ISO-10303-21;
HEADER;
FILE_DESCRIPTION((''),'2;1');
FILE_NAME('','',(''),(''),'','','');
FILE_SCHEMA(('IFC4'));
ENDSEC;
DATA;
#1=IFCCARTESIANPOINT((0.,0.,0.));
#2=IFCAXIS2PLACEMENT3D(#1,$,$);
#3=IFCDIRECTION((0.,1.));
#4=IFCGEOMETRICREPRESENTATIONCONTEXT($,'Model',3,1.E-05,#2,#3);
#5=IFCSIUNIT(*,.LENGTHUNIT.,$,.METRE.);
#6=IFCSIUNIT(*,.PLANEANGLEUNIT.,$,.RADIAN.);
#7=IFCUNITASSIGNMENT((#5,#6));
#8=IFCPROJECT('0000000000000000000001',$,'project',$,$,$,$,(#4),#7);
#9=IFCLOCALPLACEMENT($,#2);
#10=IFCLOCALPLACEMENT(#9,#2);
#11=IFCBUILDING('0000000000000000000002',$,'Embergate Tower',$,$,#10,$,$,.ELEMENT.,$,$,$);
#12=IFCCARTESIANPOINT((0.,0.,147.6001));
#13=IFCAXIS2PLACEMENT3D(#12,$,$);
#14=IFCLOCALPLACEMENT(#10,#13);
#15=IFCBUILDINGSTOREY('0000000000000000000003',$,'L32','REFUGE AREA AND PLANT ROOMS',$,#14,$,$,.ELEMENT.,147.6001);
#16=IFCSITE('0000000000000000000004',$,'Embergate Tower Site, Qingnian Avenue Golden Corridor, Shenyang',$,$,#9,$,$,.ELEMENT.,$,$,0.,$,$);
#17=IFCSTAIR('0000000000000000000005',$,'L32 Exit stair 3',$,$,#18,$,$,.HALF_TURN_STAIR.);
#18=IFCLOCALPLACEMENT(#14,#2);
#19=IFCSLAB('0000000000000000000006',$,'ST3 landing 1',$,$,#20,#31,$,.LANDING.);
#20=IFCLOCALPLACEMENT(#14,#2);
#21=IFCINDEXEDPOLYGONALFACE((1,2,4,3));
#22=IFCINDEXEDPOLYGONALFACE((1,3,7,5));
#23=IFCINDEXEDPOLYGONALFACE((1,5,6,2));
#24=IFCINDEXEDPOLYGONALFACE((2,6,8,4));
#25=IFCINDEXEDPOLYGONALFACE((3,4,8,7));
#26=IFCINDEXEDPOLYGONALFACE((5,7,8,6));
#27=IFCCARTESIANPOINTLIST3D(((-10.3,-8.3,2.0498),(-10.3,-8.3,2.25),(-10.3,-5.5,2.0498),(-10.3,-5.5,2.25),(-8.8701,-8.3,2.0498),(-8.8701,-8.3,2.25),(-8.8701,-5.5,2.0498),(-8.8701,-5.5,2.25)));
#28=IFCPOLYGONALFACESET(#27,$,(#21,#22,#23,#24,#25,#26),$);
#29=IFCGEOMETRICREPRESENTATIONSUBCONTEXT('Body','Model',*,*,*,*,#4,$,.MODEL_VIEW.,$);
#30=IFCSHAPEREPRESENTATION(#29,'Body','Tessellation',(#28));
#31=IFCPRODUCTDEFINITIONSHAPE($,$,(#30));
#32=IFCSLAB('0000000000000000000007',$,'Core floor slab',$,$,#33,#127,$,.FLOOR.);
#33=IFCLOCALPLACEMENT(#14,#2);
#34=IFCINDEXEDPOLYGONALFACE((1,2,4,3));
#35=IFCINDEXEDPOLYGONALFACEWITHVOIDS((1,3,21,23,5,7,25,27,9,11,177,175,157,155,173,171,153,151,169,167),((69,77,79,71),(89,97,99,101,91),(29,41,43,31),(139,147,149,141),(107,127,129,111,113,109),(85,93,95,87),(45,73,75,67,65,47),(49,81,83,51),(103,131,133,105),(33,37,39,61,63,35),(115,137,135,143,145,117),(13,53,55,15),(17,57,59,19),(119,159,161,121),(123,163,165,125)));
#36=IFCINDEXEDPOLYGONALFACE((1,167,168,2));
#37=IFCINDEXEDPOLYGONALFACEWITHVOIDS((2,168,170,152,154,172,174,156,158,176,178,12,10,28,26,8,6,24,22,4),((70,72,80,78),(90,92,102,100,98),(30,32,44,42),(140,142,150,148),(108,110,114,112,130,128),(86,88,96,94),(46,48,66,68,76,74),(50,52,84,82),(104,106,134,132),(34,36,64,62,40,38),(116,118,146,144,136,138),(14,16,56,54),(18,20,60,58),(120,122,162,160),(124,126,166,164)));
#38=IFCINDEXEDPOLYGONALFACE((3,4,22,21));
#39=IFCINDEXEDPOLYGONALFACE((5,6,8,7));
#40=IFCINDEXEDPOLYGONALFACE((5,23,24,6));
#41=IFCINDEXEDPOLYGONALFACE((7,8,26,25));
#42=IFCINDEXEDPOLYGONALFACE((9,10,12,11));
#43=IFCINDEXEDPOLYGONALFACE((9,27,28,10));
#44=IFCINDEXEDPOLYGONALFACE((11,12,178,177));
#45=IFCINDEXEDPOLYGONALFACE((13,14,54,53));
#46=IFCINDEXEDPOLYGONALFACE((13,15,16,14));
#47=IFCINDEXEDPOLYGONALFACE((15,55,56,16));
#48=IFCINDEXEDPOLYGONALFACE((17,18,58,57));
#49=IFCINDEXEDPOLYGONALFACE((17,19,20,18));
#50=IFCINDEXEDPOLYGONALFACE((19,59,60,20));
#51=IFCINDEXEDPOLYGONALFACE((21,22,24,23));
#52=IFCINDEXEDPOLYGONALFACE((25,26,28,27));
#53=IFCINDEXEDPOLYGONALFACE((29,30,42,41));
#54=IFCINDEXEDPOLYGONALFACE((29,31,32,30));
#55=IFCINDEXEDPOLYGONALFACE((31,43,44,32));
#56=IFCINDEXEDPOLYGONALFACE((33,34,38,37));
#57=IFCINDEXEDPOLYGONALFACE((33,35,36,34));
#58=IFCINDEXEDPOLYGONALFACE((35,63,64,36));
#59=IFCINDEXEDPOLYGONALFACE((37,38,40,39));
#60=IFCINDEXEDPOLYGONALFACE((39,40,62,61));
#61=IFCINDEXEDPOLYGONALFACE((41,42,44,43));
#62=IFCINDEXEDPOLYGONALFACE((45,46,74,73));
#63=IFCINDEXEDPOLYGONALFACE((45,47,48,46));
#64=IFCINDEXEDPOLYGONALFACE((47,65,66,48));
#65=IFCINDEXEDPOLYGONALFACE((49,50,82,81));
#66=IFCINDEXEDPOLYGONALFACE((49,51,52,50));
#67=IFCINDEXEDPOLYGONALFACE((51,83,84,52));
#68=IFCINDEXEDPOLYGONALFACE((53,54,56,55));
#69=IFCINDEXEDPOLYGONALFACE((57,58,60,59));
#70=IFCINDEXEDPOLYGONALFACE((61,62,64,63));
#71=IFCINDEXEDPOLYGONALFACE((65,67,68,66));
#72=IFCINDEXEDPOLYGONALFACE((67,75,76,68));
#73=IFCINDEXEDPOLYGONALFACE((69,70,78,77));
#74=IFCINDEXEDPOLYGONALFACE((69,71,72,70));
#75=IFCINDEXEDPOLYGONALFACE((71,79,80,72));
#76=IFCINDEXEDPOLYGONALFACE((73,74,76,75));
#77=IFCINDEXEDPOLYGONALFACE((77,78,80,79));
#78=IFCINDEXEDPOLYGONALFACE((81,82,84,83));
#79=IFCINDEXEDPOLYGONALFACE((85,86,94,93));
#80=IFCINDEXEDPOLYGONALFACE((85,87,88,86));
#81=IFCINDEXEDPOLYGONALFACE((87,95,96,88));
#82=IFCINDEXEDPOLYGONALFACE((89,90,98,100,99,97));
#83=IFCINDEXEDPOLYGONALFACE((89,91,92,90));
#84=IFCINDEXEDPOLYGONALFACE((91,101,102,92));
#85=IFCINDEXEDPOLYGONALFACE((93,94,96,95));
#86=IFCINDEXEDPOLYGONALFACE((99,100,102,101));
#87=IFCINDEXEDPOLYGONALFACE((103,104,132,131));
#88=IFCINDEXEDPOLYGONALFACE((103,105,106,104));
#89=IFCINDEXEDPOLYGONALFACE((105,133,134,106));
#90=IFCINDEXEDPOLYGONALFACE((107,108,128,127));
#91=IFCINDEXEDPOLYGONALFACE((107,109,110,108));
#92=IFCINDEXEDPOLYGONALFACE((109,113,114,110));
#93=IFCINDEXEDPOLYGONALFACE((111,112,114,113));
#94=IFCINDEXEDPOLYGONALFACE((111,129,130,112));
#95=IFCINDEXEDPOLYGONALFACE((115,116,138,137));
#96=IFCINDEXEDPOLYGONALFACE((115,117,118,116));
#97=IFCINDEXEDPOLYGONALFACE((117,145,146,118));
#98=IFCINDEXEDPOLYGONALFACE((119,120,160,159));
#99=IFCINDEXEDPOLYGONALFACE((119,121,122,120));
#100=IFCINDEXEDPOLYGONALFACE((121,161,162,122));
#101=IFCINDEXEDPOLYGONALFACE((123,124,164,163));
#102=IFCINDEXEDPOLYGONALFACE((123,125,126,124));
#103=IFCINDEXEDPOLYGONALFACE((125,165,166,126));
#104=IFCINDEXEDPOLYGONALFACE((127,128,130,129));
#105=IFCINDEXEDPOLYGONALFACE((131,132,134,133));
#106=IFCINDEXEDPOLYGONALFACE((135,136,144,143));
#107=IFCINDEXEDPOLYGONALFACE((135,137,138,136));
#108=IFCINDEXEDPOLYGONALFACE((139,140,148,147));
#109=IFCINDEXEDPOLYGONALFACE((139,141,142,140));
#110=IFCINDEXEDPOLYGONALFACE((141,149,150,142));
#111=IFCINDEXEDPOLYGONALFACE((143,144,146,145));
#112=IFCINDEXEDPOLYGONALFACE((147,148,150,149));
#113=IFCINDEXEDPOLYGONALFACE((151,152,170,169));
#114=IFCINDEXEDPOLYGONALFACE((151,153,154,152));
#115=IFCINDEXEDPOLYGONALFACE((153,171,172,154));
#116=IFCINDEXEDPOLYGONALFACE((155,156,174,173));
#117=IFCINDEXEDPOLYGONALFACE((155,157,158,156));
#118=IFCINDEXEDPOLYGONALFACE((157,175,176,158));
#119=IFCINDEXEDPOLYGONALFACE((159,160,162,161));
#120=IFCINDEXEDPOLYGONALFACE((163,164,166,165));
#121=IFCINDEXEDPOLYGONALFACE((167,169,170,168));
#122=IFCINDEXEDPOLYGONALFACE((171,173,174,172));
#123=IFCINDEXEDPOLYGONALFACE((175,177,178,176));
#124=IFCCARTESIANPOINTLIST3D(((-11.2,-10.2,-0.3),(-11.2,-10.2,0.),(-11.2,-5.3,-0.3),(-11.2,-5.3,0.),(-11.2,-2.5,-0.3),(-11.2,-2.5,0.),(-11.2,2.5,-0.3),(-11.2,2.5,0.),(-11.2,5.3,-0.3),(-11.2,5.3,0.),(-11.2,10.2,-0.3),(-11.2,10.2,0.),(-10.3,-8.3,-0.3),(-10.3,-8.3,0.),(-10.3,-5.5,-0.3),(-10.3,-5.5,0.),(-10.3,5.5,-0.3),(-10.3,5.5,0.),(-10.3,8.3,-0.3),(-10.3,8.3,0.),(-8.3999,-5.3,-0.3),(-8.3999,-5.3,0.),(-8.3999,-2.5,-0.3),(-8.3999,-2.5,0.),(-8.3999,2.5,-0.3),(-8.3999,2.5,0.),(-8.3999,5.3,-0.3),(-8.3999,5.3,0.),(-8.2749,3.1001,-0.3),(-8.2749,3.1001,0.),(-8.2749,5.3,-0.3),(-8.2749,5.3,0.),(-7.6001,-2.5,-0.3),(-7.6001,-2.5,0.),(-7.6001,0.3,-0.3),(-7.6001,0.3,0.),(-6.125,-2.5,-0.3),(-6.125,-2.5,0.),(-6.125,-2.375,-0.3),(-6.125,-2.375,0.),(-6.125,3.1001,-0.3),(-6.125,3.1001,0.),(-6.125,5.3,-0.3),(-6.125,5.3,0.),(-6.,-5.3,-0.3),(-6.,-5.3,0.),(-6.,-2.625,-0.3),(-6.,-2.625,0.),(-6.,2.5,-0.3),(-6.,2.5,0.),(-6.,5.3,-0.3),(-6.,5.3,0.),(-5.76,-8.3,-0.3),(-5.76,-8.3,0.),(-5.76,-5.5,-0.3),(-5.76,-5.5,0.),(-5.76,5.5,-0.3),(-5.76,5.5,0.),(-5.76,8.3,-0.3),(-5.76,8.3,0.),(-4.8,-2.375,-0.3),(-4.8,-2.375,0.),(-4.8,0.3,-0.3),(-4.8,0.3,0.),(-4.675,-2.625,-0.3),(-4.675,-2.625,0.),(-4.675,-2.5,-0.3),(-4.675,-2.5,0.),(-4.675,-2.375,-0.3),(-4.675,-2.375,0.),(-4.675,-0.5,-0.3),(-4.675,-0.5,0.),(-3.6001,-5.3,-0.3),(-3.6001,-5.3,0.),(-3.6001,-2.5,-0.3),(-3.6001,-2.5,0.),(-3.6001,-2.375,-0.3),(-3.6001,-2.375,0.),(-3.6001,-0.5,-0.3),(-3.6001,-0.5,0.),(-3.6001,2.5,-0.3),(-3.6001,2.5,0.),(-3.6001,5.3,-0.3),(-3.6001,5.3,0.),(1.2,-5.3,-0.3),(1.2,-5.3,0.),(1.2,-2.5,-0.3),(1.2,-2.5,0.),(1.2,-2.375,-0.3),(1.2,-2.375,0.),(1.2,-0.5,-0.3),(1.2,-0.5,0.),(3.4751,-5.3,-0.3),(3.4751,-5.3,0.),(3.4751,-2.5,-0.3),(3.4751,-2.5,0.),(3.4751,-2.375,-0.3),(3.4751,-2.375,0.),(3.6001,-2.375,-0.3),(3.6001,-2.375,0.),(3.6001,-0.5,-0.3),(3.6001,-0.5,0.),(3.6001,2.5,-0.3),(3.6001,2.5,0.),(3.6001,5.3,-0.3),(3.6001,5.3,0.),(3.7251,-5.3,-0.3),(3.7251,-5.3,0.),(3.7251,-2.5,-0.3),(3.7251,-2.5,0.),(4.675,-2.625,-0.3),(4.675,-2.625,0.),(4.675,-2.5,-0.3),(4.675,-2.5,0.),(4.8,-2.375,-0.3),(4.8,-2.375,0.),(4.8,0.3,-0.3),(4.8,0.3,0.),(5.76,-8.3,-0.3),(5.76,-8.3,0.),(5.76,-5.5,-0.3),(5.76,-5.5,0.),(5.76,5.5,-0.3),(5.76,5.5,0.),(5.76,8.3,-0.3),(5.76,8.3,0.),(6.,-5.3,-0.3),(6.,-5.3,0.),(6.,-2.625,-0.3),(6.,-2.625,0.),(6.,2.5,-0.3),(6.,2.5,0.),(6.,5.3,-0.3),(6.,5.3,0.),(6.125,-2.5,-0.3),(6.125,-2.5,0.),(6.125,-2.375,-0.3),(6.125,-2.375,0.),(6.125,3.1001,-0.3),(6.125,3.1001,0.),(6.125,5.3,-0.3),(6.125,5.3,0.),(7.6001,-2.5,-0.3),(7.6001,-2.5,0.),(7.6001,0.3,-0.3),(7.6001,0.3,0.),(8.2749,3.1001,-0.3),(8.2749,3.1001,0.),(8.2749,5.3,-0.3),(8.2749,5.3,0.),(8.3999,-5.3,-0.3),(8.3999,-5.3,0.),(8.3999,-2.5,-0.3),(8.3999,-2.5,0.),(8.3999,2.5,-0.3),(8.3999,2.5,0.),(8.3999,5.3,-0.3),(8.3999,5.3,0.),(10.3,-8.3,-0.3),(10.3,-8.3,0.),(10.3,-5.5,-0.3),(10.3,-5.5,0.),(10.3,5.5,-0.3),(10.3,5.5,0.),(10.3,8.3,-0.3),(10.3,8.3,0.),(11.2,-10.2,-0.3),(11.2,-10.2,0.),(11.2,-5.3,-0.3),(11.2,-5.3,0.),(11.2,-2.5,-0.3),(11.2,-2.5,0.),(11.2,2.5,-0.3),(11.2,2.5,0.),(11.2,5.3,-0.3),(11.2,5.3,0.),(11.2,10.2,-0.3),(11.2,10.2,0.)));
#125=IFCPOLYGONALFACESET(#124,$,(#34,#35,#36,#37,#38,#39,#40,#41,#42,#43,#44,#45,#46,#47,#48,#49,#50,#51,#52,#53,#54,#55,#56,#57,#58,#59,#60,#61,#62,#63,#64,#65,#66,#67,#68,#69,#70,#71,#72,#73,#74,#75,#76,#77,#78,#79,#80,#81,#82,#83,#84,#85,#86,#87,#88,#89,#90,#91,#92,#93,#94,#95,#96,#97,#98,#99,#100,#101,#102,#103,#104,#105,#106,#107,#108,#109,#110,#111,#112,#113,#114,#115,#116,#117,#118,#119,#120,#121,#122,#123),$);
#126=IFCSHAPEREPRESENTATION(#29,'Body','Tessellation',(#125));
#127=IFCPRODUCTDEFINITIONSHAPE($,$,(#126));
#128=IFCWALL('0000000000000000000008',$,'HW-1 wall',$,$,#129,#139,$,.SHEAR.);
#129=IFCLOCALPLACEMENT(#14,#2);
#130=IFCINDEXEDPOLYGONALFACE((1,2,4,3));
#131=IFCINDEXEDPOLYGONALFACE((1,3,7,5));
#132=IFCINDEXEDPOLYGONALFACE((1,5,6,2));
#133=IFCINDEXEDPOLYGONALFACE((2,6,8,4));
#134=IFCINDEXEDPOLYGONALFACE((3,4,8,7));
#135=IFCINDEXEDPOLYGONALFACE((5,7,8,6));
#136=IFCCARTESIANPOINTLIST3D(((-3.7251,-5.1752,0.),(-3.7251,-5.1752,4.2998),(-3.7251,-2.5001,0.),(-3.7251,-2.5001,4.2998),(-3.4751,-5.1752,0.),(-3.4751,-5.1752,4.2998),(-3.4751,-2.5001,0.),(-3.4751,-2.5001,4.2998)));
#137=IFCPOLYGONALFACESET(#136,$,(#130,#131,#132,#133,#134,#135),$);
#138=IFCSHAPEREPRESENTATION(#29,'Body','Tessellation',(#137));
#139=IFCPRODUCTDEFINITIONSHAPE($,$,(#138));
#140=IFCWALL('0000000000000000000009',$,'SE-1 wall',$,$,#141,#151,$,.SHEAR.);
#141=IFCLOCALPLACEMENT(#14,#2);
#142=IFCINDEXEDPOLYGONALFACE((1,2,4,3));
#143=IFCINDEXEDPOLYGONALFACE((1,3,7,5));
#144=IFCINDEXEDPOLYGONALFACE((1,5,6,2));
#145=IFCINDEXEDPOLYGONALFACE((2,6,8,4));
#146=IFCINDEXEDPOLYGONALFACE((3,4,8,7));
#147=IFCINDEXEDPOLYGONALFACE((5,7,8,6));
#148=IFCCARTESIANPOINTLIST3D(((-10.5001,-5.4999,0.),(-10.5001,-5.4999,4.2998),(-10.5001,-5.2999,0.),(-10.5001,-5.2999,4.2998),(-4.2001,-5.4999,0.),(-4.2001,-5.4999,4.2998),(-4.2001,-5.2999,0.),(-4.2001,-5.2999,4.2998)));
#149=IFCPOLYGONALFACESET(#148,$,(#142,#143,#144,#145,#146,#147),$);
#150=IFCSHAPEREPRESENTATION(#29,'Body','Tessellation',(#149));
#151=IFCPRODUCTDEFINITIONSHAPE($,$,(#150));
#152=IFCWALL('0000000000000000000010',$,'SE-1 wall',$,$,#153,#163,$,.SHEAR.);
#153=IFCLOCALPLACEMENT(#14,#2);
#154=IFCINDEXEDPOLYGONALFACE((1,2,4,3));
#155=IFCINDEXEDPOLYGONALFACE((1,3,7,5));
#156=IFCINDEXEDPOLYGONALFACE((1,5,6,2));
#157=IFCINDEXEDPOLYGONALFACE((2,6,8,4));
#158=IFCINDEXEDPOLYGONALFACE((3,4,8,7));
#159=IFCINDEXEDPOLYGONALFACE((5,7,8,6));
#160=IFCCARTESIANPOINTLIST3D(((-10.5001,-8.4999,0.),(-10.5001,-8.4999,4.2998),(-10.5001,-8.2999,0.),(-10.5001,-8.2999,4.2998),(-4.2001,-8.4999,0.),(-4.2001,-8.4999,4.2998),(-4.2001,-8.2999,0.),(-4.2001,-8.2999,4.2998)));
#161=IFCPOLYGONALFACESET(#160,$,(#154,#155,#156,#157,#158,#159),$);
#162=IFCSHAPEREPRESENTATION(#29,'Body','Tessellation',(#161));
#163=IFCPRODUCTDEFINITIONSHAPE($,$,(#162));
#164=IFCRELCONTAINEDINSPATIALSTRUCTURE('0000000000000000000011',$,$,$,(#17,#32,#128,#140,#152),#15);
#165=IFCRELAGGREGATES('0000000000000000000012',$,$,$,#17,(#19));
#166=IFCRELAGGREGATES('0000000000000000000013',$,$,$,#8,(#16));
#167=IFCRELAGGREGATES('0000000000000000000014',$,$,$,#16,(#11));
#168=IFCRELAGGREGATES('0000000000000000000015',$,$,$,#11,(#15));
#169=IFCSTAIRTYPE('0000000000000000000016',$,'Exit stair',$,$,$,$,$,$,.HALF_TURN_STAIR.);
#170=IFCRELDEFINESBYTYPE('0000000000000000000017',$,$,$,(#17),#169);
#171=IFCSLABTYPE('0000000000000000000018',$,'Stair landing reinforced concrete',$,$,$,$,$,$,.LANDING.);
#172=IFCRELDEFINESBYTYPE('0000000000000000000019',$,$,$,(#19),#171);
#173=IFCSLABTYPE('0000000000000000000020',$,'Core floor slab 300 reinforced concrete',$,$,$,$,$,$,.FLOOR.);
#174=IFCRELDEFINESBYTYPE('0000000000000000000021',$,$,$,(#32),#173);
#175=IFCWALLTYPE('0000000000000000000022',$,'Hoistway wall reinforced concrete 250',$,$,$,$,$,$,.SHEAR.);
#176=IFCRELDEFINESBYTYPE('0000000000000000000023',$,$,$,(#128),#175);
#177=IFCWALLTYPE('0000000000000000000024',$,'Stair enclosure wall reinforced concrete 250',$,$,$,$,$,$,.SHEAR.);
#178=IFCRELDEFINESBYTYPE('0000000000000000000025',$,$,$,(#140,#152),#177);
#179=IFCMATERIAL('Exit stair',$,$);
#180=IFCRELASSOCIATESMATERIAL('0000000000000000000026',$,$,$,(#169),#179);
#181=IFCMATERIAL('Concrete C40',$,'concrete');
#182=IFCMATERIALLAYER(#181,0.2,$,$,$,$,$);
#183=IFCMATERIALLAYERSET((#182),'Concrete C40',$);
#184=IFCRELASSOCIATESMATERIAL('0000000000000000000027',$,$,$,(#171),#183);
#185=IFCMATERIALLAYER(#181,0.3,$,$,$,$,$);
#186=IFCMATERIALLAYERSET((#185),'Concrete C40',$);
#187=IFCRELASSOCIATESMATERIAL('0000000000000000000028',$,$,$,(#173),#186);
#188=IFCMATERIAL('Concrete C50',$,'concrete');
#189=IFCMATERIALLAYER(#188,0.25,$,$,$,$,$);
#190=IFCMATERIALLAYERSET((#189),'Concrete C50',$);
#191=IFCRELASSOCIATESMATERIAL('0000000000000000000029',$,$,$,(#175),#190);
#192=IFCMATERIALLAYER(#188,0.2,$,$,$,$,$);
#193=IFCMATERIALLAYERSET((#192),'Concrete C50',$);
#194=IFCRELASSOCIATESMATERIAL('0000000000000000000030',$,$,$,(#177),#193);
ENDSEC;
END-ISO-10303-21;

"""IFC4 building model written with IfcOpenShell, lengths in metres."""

from ifc_helpers import new_model, si_unit, direction, frame, frame_2d, origin, place, context, subcontext, project, spatial, polyline, rectangle, outline, extrude, source, transform, mapped, material, layer, layer_set, type_object, element, aggregate, save


model = new_model("IFC4")

# Units and contexts
model_context = context("Model", 3, precision=1e-05, world=origin(), true_north=direction((0.0, 1.0)))
body_context = subcontext(model_context, "Body", "Model", "MODEL_VIEW")
ifc_project = project(units=[si_unit("LENGTHUNIT", "METRE"), si_unit("PLANEANGLEUNIT", "RADIAN")], contexts=[model_context])

# Site, building, storey
site_placement = place(None, origin())
site = spatial("IfcSite", under=ifc_project, at=site_placement, Name="Embergate Tower Site, Qingnian Avenue Golden Corridor, Shenyang", CompositionType="ELEMENT", RefElevation=0.0)
building_placement = place(site_placement, origin())
building = spatial("IfcBuilding", under=site, at=building_placement, Name="Embergate Tower", CompositionType="ELEMENT")
storey_placement = place(building_placement, frame((0.0, 0.0, 147.6001)))
storey = spatial("IfcBuildingStorey", under=building, at=storey_placement, Name="L32", Description="REFUGE AREA AND PLANT ROOMS", CompositionType="ELEMENT", Elevation=147.6001)

# Stair, slab
ifc_material_1 = material(Name="Exit stair")
stair_type = type_object("IfcStairType", Name="Exit stair", PredefinedType="HALF_TURN_STAIR", material=ifc_material_1)
stair_placement = place(storey_placement, origin())
stair = element("IfcStair", 1, at=stair_placement, inside=storey, type_object=stair_type, Name="L32 Exit stair 3", PredefinedType="HALF_TURN_STAIR")
ifc_material_2 = material(Name="Concrete C40", Category="concrete")
ifc_layer_1 = layer(ifc_material_2, 0.2)
ifc_layer_set_1 = layer_set([ifc_layer_1], Name="Concrete C40")
slab_type_1 = type_object("IfcSlabType", Name="Stair landing reinforced concrete", PredefinedType="LANDING", material=ifc_layer_set_1)
shared_shape_1 = source(origin(), body_context, "Body", "SweptSolid", [
    extrude(outline(polyline([(0.0, 0.0), (1.4299, 0.0), (1.4299, 2.8), (0.0, 2.8), (0.0, 0.0)])), origin(), (0.0, 0.0, 1.0), 0.2002),
])
slab_1_placement = place(storey_placement, frame((-10.3, -8.3, 2.0498)))
slab_1 = element("IfcSlab", 2, at=slab_1_placement, type_object=slab_type_1, Name="ST3 landing 1", PredefinedType="LANDING", context=body_context, shape_type="MappedRepresentation", body=[
    mapped(shared_shape_1, transform((0.0, 0.0, 0.0))),
])

# Slab
ifc_layer_2 = layer(ifc_material_2, 0.3)
ifc_layer_set_2 = layer_set([ifc_layer_2], Name="Concrete C40")
slab_type_2 = type_object("IfcSlabType", Name="Core floor slab 300 reinforced concrete", PredefinedType="FLOOR", material=ifc_layer_set_2)
shared_shape_2 = source(origin(), body_context, "Body", "SweptSolid", [
    extrude(outline(polyline([(0.0, 0.0), (22.3999, 0.0), (22.3999, 4.8999), (19.5999, 4.8999), (19.5999, 7.7), (22.3999, 7.7), (22.3999, 12.7), (19.5999, 12.7), (19.5999, 15.5), (22.3999, 15.5), (22.3999, 20.3999), (0.0, 20.3999), (0.0, 15.5), (2.8, 15.5), (2.8, 12.7), (0.0, 12.7), (0.0, 7.7), (2.8, 7.7), (2.8, 4.8999), (0.0, 4.8999), (0.0, 0.0)]), holes=[polyline([(0.8999, 1.8999), (0.8999, 4.7), (5.4399, 4.7), (5.4399, 1.8999), (0.8999, 1.8999)]), polyline([(16.96, 1.8999), (16.96, 4.7), (21.5, 4.7), (21.5, 1.8999), (16.96, 1.8999)]), polyline([(5.2, 4.8999), (5.2, 7.575), (6.5249, 7.575), (6.5249, 7.7), (7.5999, 7.7), (7.5999, 4.8999), (5.2, 4.8999)]), polyline([(12.3999, 4.8999), (12.3999, 7.7), (14.675, 7.7), (14.675, 4.8999), (12.3999, 4.8999)]), polyline([(14.925, 4.8999), (14.925, 7.7), (15.875, 7.7), (15.875, 7.575), (17.2, 7.575), (17.2, 4.8999), (14.925, 4.8999)]), polyline([(3.5999, 7.7), (3.5999, 10.5), (6.3999, 10.5), (6.3999, 7.825), (5.075, 7.825), (5.075, 7.7), (3.5999, 7.7)]), polyline([(17.325, 7.7), (17.325, 7.825), (16.0, 7.825), (16.0, 10.5), (18.8, 10.5), (18.8, 7.7), (17.325, 7.7)]), polyline([(6.5249, 7.825), (6.5249, 9.7), (7.5999, 9.7), (7.5999, 7.825), (6.5249, 7.825)]), polyline([(12.3999, 7.825), (12.3999, 9.7), (14.8, 9.7), (14.8, 7.825), (14.675, 7.825), (12.3999, 7.825)]), polyline([(5.2, 12.7), (5.2, 15.5), (7.5999, 15.5), (7.5999, 12.7), (5.2, 12.7)]), polyline([(14.8, 12.7), (14.8, 15.5), (17.2, 15.5), (17.2, 12.7), (14.8, 12.7)]), polyline([(2.925, 13.3), (2.925, 15.5), (5.075, 15.5), (5.075, 13.3), (2.925, 13.3)]), polyline([(17.325, 13.3), (17.325, 15.5), (19.4749, 15.5), (19.4749, 13.3), (17.325, 13.3)]), polyline([(0.8999, 15.7), (0.8999, 18.5), (5.4399, 18.5), (5.4399, 15.7), (0.8999, 15.7)]), polyline([(16.96, 15.7), (16.96, 18.5), (21.5, 18.5), (21.5, 15.7), (16.96, 15.7)])]), origin(), (0.0, 0.0, 1.0), 0.3),
])
slab_2_placement = place(storey_placement, frame((-11.2, -10.2, -0.3)))
element("IfcSlab", 3, at=slab_2_placement, inside=storey, type_object=slab_type_2, Name="Core floor slab", PredefinedType="FLOOR", context=body_context, shape_type="MappedRepresentation", body=[
    mapped(shared_shape_2, transform((0.0, 0.0, 0.0))),
])

# Walls
ifc_material_3 = material(Name="Concrete C50", Category="concrete")
ifc_layer_3 = layer(ifc_material_3, 0.25)
ifc_layer_set_3 = layer_set([ifc_layer_3], Name="Concrete C50")
wall_type_1 = type_object("IfcWallType", Name="Hoistway wall reinforced concrete 250", PredefinedType="SHEAR", material=ifc_layer_set_3)
shared_shape_3 = source(origin(), body_context, "Body", "SweptSolid", [
    extrude(rectangle(XDim=2.675, YDim=0.25, at=frame_2d((1.3374, 0.0))), origin(), (0.0, 0.0, 1.0), 4.2998),
])
wall_1_placement = place(storey_placement, frame((-3.6001, -5.175, 0.0), z_axis=(0.0, 0.0, 1.0), x_axis=(0.0, 1.0, 0.0)))
element("IfcWall", 4, at=wall_1_placement, inside=storey, type_object=wall_type_1, Name="HW-1 wall", PredefinedType="SHEAR", context=body_context, shape_type="MappedRepresentation", body=[
    mapped(shared_shape_3, transform((0.0, 0.0, 0.0))),
])
ifc_layer_4 = layer(ifc_material_3, 0.2)
ifc_layer_set_4 = layer_set([ifc_layer_4], Name="Concrete C50")
wall_type_2 = type_object("IfcWallType", Name="Stair enclosure wall reinforced concrete 250", PredefinedType="SHEAR", material=ifc_layer_set_4)
shared_shape_4 = source(origin(), body_context, "Body", "SweptSolid", [
    extrude(rectangle(XDim=6.3, YDim=0.2, at=frame_2d((3.1499, 0.0))), origin(), (0.0, 0.0, 1.0), 4.2998),
])
for number, where, z_axis, x_axis, name in (
    (5, (-10.5, -5.3999, 0.0), (0.0, 0.0, 1.0), (1.0, 0.0, 0.0), "SE-1 wall"),
    (6, (-10.5, -8.3999, 0.0), (0.0, 0.0, 1.0), (1.0, 0.0, 0.0), "SE-1 wall"),
):
    element("IfcWall", number, at=place(storey_placement, frame(where, z_axis=z_axis, x_axis=x_axis)), inside=storey, type_object=wall_type_2, Name=name, PredefinedType="SHEAR", context=body_context, shape_type="MappedRepresentation", body=[
        mapped(shared_shape_4, transform((0.0, 0.0, 0.0))),
    ])

aggregate(stair, [slab_1])

save(model, "model.ifc")
